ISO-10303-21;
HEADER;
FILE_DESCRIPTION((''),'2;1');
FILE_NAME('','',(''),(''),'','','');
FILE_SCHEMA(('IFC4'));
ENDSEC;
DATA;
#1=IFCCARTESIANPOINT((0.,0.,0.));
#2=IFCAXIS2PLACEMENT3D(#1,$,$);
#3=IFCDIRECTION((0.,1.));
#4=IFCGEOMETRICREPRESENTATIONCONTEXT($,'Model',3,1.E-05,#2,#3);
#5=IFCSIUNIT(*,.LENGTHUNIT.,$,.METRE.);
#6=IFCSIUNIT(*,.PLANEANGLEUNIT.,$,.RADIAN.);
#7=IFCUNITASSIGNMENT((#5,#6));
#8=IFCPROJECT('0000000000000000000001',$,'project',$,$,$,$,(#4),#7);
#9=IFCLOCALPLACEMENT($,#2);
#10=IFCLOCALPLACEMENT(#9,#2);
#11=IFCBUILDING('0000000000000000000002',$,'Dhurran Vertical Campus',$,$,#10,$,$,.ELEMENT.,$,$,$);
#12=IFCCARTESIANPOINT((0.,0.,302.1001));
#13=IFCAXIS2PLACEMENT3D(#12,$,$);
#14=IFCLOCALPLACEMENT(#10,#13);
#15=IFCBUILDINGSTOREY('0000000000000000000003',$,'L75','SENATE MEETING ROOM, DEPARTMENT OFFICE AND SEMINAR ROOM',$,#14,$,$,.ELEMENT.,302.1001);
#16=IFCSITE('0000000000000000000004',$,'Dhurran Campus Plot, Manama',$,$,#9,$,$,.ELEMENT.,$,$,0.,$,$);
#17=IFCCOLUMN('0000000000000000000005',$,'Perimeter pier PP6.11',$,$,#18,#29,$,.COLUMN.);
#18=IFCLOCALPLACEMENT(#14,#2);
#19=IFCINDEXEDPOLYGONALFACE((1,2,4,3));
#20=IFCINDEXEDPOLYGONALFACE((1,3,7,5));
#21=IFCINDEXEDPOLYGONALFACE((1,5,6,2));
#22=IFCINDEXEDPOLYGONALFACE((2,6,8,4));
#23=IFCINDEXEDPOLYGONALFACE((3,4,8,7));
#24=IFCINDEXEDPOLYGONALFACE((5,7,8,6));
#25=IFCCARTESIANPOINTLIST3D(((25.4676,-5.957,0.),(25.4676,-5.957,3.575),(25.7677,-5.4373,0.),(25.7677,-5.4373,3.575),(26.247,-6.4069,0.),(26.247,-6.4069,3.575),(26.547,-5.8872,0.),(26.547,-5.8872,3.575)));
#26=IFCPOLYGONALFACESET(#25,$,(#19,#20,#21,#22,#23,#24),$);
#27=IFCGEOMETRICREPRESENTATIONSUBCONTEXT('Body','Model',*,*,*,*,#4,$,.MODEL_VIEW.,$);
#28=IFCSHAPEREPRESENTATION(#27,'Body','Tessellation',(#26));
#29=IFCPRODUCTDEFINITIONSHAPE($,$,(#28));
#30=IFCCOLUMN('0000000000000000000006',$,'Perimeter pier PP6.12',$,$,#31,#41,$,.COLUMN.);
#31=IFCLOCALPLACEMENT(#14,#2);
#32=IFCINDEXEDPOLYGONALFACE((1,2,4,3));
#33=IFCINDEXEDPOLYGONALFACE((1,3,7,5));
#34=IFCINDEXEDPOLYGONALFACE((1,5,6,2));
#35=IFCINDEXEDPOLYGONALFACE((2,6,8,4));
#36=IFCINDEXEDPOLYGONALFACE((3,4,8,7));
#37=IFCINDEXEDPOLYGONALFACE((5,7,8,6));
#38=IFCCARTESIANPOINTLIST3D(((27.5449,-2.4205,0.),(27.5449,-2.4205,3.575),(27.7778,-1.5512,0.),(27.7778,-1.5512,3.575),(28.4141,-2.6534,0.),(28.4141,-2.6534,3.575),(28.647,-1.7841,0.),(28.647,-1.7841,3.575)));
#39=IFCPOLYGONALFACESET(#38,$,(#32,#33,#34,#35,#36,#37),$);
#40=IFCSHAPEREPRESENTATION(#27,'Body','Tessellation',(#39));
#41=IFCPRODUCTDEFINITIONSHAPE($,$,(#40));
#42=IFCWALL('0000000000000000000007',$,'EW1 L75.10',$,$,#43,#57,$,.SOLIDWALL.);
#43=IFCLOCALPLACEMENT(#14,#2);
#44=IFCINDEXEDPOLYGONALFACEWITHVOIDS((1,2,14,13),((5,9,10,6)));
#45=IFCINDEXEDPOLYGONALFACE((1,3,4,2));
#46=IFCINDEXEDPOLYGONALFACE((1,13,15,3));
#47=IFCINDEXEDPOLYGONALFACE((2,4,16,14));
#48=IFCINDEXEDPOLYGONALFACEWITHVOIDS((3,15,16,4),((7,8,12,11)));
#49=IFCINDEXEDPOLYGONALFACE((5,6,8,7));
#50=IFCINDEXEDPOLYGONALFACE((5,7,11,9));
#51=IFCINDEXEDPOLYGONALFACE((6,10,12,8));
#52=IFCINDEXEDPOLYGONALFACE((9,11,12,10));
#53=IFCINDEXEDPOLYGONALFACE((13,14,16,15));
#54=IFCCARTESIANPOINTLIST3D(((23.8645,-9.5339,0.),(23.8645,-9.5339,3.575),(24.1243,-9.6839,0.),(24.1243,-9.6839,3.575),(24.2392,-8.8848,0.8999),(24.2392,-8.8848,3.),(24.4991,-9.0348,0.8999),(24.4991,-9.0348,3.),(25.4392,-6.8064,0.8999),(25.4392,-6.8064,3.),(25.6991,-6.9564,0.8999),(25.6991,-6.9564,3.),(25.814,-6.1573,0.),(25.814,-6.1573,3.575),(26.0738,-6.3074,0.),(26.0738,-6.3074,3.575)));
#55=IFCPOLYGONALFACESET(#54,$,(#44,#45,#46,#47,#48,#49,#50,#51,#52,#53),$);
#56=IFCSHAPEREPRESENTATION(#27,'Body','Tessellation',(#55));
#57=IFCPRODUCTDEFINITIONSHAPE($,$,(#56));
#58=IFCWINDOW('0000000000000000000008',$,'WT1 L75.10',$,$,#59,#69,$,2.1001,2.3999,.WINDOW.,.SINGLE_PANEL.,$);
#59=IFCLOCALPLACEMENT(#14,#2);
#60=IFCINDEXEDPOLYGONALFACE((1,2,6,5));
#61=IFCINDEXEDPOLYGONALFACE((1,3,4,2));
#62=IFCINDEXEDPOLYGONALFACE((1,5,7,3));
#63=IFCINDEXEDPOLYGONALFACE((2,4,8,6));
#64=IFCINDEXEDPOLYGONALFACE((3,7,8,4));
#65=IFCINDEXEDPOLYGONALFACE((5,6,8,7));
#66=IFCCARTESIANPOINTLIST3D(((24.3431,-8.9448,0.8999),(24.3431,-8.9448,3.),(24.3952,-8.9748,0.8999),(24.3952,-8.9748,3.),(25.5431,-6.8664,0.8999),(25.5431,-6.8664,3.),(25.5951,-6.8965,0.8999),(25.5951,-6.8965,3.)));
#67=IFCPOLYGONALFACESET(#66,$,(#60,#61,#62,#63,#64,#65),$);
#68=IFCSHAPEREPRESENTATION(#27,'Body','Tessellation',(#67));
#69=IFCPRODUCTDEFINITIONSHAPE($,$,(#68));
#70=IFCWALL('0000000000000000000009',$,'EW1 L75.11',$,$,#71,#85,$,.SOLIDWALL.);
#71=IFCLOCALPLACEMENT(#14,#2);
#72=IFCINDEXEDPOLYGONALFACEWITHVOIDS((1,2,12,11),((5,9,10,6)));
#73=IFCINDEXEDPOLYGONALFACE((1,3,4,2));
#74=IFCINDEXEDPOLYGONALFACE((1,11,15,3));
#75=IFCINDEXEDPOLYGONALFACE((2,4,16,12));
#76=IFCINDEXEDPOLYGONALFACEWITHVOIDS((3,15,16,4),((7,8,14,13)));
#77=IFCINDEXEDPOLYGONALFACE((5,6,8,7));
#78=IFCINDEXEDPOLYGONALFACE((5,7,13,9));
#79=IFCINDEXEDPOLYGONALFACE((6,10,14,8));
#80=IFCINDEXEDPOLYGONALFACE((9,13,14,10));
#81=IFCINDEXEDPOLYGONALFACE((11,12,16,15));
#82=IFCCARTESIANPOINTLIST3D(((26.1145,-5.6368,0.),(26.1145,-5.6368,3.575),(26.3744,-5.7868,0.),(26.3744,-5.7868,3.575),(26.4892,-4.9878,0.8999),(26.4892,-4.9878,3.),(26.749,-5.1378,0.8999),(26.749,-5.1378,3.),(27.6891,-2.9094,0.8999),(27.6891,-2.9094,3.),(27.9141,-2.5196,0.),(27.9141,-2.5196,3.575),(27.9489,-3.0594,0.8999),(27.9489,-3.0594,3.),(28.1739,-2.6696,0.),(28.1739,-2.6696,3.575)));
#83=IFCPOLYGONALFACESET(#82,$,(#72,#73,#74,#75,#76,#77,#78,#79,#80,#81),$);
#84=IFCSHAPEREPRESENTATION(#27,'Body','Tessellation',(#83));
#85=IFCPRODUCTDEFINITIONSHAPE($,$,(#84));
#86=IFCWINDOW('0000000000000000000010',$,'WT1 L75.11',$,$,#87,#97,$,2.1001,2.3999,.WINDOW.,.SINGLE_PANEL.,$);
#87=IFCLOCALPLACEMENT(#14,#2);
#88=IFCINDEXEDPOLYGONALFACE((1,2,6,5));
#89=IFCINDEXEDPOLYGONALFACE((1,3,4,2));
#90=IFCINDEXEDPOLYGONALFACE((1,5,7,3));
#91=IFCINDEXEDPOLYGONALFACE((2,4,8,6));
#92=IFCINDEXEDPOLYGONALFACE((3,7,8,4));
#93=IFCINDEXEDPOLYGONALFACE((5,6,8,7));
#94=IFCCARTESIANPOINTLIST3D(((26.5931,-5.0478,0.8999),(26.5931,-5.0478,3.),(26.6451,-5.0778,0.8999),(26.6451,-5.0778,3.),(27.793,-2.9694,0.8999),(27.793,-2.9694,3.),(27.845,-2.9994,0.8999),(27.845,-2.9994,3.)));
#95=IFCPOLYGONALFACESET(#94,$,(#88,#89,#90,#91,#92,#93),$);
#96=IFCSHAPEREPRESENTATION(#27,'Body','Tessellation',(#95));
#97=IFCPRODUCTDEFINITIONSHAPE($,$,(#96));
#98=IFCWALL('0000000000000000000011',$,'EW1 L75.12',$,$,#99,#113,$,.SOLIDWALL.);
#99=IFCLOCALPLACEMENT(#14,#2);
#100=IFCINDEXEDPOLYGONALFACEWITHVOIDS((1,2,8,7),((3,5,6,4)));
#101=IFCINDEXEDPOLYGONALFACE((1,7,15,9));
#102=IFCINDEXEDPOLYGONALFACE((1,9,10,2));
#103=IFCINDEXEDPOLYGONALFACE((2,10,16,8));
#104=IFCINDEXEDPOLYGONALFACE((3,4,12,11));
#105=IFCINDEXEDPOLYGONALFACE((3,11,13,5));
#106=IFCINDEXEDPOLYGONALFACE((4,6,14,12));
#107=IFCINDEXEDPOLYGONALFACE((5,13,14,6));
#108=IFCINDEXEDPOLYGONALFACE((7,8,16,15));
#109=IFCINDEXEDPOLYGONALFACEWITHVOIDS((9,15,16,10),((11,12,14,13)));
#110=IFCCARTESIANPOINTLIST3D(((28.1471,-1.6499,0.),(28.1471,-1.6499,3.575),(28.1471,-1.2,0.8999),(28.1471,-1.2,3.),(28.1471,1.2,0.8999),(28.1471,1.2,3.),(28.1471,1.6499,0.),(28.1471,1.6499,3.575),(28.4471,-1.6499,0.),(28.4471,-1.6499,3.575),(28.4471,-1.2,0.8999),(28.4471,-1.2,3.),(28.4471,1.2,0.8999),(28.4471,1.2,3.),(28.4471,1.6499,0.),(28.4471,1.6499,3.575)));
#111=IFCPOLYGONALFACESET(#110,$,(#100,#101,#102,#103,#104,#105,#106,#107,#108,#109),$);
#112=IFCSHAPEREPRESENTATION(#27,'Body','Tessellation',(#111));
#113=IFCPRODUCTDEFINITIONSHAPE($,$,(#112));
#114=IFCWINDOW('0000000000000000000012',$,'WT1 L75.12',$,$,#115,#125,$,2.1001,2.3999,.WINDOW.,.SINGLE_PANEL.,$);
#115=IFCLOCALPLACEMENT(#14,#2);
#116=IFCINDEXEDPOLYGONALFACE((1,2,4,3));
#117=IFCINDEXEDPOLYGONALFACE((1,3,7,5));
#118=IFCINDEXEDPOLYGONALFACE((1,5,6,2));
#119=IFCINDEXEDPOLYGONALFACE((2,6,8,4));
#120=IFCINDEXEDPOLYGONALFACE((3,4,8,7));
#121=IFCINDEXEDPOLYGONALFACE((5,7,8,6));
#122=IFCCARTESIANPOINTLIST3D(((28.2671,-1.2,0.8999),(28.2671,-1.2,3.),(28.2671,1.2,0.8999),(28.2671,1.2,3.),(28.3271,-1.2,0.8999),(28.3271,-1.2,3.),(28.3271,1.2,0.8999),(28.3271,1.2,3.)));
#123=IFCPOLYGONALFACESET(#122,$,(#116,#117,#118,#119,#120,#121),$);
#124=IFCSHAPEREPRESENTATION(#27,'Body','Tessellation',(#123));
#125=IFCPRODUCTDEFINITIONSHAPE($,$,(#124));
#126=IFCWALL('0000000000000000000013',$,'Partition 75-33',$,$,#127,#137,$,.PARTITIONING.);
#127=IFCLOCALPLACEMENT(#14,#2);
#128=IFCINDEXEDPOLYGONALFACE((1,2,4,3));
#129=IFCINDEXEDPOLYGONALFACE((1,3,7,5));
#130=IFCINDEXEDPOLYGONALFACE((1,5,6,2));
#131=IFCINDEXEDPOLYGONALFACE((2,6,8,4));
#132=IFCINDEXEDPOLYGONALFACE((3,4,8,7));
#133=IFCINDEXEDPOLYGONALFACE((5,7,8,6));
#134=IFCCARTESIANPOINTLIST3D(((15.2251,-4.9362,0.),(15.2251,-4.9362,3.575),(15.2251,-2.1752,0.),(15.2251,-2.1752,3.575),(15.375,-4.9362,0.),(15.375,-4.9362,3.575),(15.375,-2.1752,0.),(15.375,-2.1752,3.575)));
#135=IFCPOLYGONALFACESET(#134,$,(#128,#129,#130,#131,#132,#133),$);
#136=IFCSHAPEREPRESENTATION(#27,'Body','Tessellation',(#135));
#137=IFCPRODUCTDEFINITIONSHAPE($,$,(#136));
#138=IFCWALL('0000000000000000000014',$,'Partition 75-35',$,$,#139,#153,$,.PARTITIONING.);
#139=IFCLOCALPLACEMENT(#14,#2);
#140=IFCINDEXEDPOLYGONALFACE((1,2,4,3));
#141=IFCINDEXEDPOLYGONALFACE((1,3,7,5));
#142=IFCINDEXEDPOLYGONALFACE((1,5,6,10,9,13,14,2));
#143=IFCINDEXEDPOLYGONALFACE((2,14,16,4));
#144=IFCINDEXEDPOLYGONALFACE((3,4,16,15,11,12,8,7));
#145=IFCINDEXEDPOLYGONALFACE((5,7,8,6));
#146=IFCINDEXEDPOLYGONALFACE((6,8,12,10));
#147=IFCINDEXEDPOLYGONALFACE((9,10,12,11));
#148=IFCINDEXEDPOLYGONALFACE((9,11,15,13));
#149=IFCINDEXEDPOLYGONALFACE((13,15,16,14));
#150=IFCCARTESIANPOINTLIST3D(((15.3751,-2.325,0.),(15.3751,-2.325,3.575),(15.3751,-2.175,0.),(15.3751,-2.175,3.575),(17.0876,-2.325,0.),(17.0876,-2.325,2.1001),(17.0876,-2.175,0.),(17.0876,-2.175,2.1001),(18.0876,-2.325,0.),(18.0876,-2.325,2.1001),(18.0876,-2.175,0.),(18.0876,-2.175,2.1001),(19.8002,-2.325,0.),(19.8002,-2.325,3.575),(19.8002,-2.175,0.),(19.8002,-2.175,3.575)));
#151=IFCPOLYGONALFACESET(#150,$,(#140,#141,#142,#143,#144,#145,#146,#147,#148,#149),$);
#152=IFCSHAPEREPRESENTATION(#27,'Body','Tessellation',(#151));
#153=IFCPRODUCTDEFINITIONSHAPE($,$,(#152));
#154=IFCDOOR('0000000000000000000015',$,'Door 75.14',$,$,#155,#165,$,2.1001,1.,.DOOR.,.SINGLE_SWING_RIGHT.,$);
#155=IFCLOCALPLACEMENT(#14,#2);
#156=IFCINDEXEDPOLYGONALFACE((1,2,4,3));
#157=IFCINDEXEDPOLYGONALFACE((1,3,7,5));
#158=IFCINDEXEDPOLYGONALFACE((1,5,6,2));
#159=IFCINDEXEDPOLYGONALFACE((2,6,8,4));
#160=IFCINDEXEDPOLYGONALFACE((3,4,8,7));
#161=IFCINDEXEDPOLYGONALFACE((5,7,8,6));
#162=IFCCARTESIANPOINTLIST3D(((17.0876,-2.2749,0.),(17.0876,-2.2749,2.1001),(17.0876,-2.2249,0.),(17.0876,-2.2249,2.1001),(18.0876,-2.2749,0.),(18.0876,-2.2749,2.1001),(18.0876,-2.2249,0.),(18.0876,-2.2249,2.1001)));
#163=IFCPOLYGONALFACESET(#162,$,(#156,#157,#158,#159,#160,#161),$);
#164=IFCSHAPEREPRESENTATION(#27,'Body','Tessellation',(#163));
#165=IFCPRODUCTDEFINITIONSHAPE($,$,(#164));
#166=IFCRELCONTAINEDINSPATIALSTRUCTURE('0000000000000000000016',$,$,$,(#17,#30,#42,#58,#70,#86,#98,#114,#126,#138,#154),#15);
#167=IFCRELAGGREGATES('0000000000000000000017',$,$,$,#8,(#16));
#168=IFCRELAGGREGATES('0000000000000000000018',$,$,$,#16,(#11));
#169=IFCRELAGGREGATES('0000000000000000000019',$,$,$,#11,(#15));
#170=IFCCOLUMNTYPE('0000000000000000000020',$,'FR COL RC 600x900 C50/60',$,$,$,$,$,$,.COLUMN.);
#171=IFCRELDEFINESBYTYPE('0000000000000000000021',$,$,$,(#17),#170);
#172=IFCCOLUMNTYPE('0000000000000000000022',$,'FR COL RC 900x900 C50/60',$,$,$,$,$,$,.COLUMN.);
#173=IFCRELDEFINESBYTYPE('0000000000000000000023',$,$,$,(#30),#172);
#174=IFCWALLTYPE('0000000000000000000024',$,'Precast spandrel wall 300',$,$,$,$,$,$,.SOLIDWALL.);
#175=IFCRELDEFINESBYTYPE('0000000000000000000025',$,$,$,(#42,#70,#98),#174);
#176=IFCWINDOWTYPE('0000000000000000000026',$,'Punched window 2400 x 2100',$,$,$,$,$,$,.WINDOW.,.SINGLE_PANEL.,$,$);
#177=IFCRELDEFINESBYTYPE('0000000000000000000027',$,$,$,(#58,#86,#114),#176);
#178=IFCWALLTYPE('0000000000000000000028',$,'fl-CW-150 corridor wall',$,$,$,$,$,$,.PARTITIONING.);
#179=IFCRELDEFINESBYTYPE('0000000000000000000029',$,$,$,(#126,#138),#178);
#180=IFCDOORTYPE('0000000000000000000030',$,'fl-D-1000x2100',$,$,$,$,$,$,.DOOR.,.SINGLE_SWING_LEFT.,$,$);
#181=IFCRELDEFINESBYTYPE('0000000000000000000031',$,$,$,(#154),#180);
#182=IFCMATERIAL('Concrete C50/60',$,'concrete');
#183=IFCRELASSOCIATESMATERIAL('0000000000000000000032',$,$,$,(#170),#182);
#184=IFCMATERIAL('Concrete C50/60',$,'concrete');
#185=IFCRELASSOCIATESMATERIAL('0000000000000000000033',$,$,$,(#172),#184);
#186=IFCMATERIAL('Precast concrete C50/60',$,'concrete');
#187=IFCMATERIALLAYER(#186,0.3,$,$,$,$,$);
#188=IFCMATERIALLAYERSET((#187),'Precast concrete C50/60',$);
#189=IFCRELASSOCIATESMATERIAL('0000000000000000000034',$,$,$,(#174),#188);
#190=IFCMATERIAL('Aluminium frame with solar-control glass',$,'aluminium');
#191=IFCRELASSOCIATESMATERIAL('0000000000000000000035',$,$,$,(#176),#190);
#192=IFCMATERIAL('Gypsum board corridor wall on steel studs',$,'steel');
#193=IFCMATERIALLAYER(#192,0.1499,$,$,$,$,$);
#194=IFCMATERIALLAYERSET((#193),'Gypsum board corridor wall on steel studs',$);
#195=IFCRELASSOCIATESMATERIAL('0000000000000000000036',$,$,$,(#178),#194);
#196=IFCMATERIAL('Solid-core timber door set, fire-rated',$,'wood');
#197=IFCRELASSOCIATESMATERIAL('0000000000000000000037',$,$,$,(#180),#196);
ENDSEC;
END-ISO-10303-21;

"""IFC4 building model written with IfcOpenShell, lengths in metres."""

from ifc_helpers import new_model, si_unit, direction, frame, frame_2d, origin, origin_2d, place, context, subcontext, project, spatial, rectangle, extrude, material, layer, layer_set, material_profile, profile_set, type_object, element, fill, save


model = new_model("IFC4")

# Units and contexts
model_context = context("Model", 3, precision=1e-05, world=origin(), true_north=direction((0.0, 1.0)))
body_context = subcontext(model_context, "Body", "Model", "MODEL_VIEW")
ifc_project = project(units=[si_unit("LENGTHUNIT", "METRE"), si_unit("PLANEANGLEUNIT", "RADIAN")], contexts=[model_context])

# Site, building, storey
site_placement = place(None, origin())
site = spatial("IfcSite", under=ifc_project, at=site_placement, Name="Dhurran Campus Plot, Manama", CompositionType="ELEMENT", RefElevation=0.0)
building_placement = place(site_placement, origin())
building = spatial("IfcBuilding", under=site, at=building_placement, Name="Dhurran Vertical Campus", CompositionType="ELEMENT")
storey_placement = place(building_placement, frame((0.0, 0.0, 302.1001)))
storey = spatial("IfcBuildingStorey", under=building, at=storey_placement, Name="L75", Description="SENATE MEETING ROOM, DEPARTMENT OFFICE AND SEMINAR ROOM", CompositionType="ELEMENT", Elevation=302.1001)

# Columns
ifc_material_1 = material(Name="Concrete C50/60", Category="concrete")
ifc_material_profile_1 = material_profile(ifc_material_1, rectangle(XDim=0.6001, YDim=0.8999, at=origin_2d()), Name="RC 600x900")
ifc_profile_set_1 = profile_set([ifc_material_profile_1], Name="Concrete C50/60")
column_type_1 = type_object("IfcColumnType", Name="FR COL RC 600x900 C50/60", PredefinedType="COLUMN", material=ifc_profile_set_1)
column_1_placement = place(storey_placement, frame((26.0073, -5.9221, 0.0), z_axis=(0.0, 0.0, 1.0), x_axis=(0.5, 0.866025, 0.0)))
element("IfcColumn", 1, at=column_1_placement, inside=storey, type_object=column_type_1, Name="Perimeter pier PP6.11", PredefinedType="COLUMN", context=body_context, shape_type="SweptSolid", body=[
    extrude(rectangle(XDim=0.6001, YDim=0.8999, at=origin_2d()), origin(), (0.0, 0.0, 1.0), 3.575),
])
ifc_material_2 = material(Name="Concrete C50/60", Category="concrete")
ifc_material_profile_2 = material_profile(ifc_material_2, rectangle(XDim=0.8999, YDim=0.8999, at=origin_2d()), Name="RC 900x900")
ifc_profile_set_2 = profile_set([ifc_material_profile_2], Name="Concrete C50/60")
column_type_2 = type_object("IfcColumnType", Name="FR COL RC 900x900 C50/60", PredefinedType="COLUMN", material=ifc_profile_set_2)
column_2_placement = place(storey_placement, frame((28.0959, -2.1023, 0.0), z_axis=(0.0, 0.0, 1.0), x_axis=(0.258819, 0.965926, 0.0)))
element("IfcColumn", 2, at=column_2_placement, inside=storey, type_object=column_type_2, Name="Perimeter pier PP6.12", PredefinedType="COLUMN", context=body_context, shape_type="SweptSolid", body=[
    extrude(rectangle(XDim=0.8999, YDim=0.8999, at=origin_2d()), origin(), (0.0, 0.0, 1.0), 3.575),
])

# Walls, openings, windows
ifc_material_3 = material(Name="Precast concrete C50/60", Category="concrete")
ifc_layer_1 = layer(ifc_material_3, 0.3)
ifc_layer_set_1 = layer_set([ifc_layer_1], Name="Precast concrete C50/60")
wall_type_1 = type_object("IfcWallType", Name="Precast spandrel wall 300", PredefinedType="SOLIDWALL", material=ifc_layer_set_1)
wall_1_placement = place(storey_placement, frame((23.9944, -9.6089, 0.0), z_axis=(0.0, 0.0, 1.0), x_axis=(0.500012, 0.866019, 0.0)))
wall_1 = element("IfcWall", 3, at=wall_1_placement, inside=storey, type_object=wall_type_1, Name="EW1 L75.10", PredefinedType="SOLIDWALL", context=body_context, shape_type="SweptSolid", body=[
    extrude(rectangle(XDim=3.8989, YDim=0.3, at=frame_2d((1.9495, 0.0))), origin(), (0.0, 0.0, 1.0), 3.575),
])
opening_1_placement = place(wall_1_placement, frame((0.7495, 0.0, 0.8999)))
opening_1 = element("IfcOpeningElement", 4, at=opening_1_placement, cuts=wall_1, PredefinedType="OPENING", context=body_context, shape_type="SweptSolid", body=[
    extrude(rectangle(XDim=2.3999, YDim=2.1001, at=frame_2d((1.2, 1.05))), frame((0.0, 0.1599, 0.0), z_axis=(0.0, -1.0, 0.0), x_axis=(1.0, 0.0, 0.0)), (0.0, 0.0, 1.0), 0.3201),
])
ifc_material_4 = material(Name="Aluminium frame with solar-control glass", Category="aluminium")
window_type = type_object("IfcWindowType", Name="Punched window 2400 x 2100", PartitioningType="SINGLE_PANEL", PredefinedType="WINDOW", material=ifc_material_4)
window_1_placement = place(opening_1_placement, origin())
window_1 = element("IfcWindow", 5, at=window_1_placement, inside=storey, type_object=window_type, Name="WT1 L75.10", OverallHeight=2.1001, OverallWidth=2.3999, PartitioningType="SINGLE_PANEL", PredefinedType="WINDOW", context=body_context, shape_type="SweptSolid", body=[
    extrude(rectangle(XDim=2.3999, YDim=2.1001, at=frame_2d((1.2, 1.05))), frame((0.0, 0.03, 0.0), z_axis=(0.0, -1.0, 0.0), x_axis=(1.0, 0.0, 0.0)), (0.0, 0.0, 1.0), 0.0601),
])
fill(opening_1, window_1)
wall_2_placement = place(storey_placement, frame((26.2444, -5.7119, 0.0), z_axis=(0.0, 0.0, 1.0), x_axis=(0.499969, 0.866043, 0.0)))
wall_2 = element("IfcWall", 6, at=wall_2_placement, inside=storey, type_object=wall_type_1, Name="EW1 L75.11", PredefinedType="SOLIDWALL", context=body_context, shape_type="SweptSolid", body=[
    extrude(rectangle(XDim=3.5994, YDim=0.3, at=frame_2d((1.7998, 0.0))), origin(), (0.0, 0.0, 1.0), 3.575),
])
opening_2_placement = place(wall_2_placement, frame((0.7495, 0.0, 0.8999)))
opening_2 = element("IfcOpeningElement", 7, at=opening_2_placement, cuts=wall_2, PredefinedType="OPENING", context=body_context, shape_type="SweptSolid", body=[
    extrude(rectangle(XDim=2.3999, YDim=2.1001, at=frame_2d((1.2, 1.05))), frame((0.0, 0.1599, 0.0), z_axis=(0.0, -1.0, 0.0), x_axis=(1.0, 0.0, 0.0)), (0.0, 0.0, 1.0), 0.3201),
])
window_2_placement = place(opening_2_placement, origin())
window_2 = element("IfcWindow", 8, at=window_2_placement, inside=storey, type_object=window_type, Name="WT1 L75.11", OverallHeight=2.1001, OverallWidth=2.3999, PartitioningType="SINGLE_PANEL", PredefinedType="WINDOW", context=body_context, shape_type="SweptSolid", body=[
    extrude(rectangle(XDim=2.3999, YDim=2.1001, at=frame_2d((1.2, 1.05))), frame((0.0, 0.03, 0.0), z_axis=(0.0, -1.0, 0.0), x_axis=(1.0, 0.0, 0.0)), (0.0, 0.0, 1.0), 0.0601),
])
fill(opening_2, window_2)
wall_3_placement = place(storey_placement, frame((28.2971, -1.6499, 0.0), z_axis=(0.0, 0.0, 1.0), x_axis=(0.0, 1.0, 0.0)))
wall_3 = element("IfcWall", 9, at=wall_3_placement, inside=storey, type_object=wall_type_1, Name="EW1 L75.12", PredefinedType="SOLIDWALL", context=body_context, shape_type="SweptSolid", body=[
    extrude(rectangle(XDim=3.2998, YDim=0.3, at=frame_2d((1.6499, 0.0))), origin(), (0.0, 0.0, 1.0), 3.575),
])
opening_3_placement = place(wall_3_placement, frame((0.45, 0.0, 0.8999)))
opening_3 = element("IfcOpeningElement", 10, at=opening_3_placement, cuts=wall_3, PredefinedType="OPENING", context=body_context, shape_type="SweptSolid", body=[
    extrude(rectangle(XDim=2.3999, YDim=2.1001, at=frame_2d((1.2, 1.05))), frame((0.0, 0.1599, 0.0), z_axis=(0.0, -1.0, 0.0), x_axis=(1.0, 0.0, 0.0)), (0.0, 0.0, 1.0), 0.3201),
])
window_3_placement = place(opening_3_placement, origin())
window_3 = element("IfcWindow", 11, at=window_3_placement, inside=storey, type_object=window_type, Name="WT1 L75.12", OverallHeight=2.1001, OverallWidth=2.3999, PartitioningType="SINGLE_PANEL", PredefinedType="WINDOW", context=body_context, shape_type="SweptSolid", body=[
    extrude(rectangle(XDim=2.3999, YDim=2.1001, at=frame_2d((1.2, 1.05))), frame((0.0, 0.03, 0.0), z_axis=(0.0, -1.0, 0.0), x_axis=(1.0, 0.0, 0.0)), (0.0, 0.0, 1.0), 0.0601),
])
fill(opening_3, window_3)

# Wall
ifc_material_5 = material(Name="Gypsum board corridor wall on steel studs", Category="steel")
ifc_layer_2 = layer(ifc_material_5, 0.1499)
ifc_layer_set_2 = layer_set([ifc_layer_2], Name="Gypsum board corridor wall on steel studs")
wall_type_2 = type_object("IfcWallType", Name="fl-CW-150 corridor wall", PredefinedType="PARTITIONING", material=ifc_layer_set_2)
wall_4_placement = place(storey_placement, frame((15.3, -4.936, 0.0), z_axis=(0.0, 0.0, 1.0), x_axis=(0.0, 1.0, 0.0)))
element("IfcWall", 12, at=wall_4_placement, inside=storey, type_object=wall_type_2, Name="Partition 75-33", PredefinedType="PARTITIONING", context=body_context, shape_type="SweptSolid", body=[
    extrude(rectangle(XDim=2.761, YDim=0.1499, at=frame_2d((1.3804, 0.0))), origin(), (0.0, 0.0, 1.0), 3.575),
])

# Wall, opening, door
wall_5_placement = place(storey_placement, frame((19.8, -2.25, 0.0), z_axis=(0.0, 0.0, 1.0), x_axis=(-1.0, 0.0, 0.0)))
wall_5 = element("IfcWall", 13, at=wall_5_placement, inside=storey, type_object=wall_type_2, Name="Partition 75-35", PredefinedType="PARTITIONING", context=body_context, shape_type="SweptSolid", body=[
    extrude(rectangle(XDim=4.425, YDim=0.1499, at=frame_2d((2.2124, 0.0))), origin(), (0.0, 0.0, 1.0), 3.575),
])
opening_4_placement = place(wall_5_placement, frame((1.7124, 0.0, 0.0)))
opening_4 = element("IfcOpeningElement", 14, at=opening_4_placement, cuts=wall_5, PredefinedType="OPENING", context=body_context, shape_type="SweptSolid", body=[
    extrude(rectangle(XDim=1.0, YDim=2.1001, at=frame_2d((0.5, 1.05))), frame((0.0, 0.085, 0.0), z_axis=(0.0, -1.0, 0.0), x_axis=(1.0, 0.0, 0.0)), (0.0, 0.0, 1.0), 0.1699),
])
ifc_material_6 = material(Name="Solid-core timber door set, fire-rated", Category="wood")
door_type = type_object("IfcDoorType", Name="fl-D-1000x2100", OperationType="SINGLE_SWING_LEFT", PredefinedType="DOOR", material=ifc_material_6)
door_1_placement = place(opening_4_placement, origin())
door_1 = element("IfcDoor", 15, at=door_1_placement, inside=storey, type_object=door_type, Name="Door 75.14", OperationType="SINGLE_SWING_RIGHT", OverallHeight=2.1001, OverallWidth=1.0, PredefinedType="DOOR", context=body_context, shape_type="SweptSolid", body=[
    extrude(rectangle(XDim=1.0, YDim=2.1001, at=frame_2d((0.5, 1.05))), frame((0.0, 0.0249, 0.0), z_axis=(0.0, -1.0, 0.0), x_axis=(1.0, 0.0, 0.0)), (0.0, 0.0, 1.0), 0.05),
])
fill(opening_4, door_1)

save(model, "model.ifc")
